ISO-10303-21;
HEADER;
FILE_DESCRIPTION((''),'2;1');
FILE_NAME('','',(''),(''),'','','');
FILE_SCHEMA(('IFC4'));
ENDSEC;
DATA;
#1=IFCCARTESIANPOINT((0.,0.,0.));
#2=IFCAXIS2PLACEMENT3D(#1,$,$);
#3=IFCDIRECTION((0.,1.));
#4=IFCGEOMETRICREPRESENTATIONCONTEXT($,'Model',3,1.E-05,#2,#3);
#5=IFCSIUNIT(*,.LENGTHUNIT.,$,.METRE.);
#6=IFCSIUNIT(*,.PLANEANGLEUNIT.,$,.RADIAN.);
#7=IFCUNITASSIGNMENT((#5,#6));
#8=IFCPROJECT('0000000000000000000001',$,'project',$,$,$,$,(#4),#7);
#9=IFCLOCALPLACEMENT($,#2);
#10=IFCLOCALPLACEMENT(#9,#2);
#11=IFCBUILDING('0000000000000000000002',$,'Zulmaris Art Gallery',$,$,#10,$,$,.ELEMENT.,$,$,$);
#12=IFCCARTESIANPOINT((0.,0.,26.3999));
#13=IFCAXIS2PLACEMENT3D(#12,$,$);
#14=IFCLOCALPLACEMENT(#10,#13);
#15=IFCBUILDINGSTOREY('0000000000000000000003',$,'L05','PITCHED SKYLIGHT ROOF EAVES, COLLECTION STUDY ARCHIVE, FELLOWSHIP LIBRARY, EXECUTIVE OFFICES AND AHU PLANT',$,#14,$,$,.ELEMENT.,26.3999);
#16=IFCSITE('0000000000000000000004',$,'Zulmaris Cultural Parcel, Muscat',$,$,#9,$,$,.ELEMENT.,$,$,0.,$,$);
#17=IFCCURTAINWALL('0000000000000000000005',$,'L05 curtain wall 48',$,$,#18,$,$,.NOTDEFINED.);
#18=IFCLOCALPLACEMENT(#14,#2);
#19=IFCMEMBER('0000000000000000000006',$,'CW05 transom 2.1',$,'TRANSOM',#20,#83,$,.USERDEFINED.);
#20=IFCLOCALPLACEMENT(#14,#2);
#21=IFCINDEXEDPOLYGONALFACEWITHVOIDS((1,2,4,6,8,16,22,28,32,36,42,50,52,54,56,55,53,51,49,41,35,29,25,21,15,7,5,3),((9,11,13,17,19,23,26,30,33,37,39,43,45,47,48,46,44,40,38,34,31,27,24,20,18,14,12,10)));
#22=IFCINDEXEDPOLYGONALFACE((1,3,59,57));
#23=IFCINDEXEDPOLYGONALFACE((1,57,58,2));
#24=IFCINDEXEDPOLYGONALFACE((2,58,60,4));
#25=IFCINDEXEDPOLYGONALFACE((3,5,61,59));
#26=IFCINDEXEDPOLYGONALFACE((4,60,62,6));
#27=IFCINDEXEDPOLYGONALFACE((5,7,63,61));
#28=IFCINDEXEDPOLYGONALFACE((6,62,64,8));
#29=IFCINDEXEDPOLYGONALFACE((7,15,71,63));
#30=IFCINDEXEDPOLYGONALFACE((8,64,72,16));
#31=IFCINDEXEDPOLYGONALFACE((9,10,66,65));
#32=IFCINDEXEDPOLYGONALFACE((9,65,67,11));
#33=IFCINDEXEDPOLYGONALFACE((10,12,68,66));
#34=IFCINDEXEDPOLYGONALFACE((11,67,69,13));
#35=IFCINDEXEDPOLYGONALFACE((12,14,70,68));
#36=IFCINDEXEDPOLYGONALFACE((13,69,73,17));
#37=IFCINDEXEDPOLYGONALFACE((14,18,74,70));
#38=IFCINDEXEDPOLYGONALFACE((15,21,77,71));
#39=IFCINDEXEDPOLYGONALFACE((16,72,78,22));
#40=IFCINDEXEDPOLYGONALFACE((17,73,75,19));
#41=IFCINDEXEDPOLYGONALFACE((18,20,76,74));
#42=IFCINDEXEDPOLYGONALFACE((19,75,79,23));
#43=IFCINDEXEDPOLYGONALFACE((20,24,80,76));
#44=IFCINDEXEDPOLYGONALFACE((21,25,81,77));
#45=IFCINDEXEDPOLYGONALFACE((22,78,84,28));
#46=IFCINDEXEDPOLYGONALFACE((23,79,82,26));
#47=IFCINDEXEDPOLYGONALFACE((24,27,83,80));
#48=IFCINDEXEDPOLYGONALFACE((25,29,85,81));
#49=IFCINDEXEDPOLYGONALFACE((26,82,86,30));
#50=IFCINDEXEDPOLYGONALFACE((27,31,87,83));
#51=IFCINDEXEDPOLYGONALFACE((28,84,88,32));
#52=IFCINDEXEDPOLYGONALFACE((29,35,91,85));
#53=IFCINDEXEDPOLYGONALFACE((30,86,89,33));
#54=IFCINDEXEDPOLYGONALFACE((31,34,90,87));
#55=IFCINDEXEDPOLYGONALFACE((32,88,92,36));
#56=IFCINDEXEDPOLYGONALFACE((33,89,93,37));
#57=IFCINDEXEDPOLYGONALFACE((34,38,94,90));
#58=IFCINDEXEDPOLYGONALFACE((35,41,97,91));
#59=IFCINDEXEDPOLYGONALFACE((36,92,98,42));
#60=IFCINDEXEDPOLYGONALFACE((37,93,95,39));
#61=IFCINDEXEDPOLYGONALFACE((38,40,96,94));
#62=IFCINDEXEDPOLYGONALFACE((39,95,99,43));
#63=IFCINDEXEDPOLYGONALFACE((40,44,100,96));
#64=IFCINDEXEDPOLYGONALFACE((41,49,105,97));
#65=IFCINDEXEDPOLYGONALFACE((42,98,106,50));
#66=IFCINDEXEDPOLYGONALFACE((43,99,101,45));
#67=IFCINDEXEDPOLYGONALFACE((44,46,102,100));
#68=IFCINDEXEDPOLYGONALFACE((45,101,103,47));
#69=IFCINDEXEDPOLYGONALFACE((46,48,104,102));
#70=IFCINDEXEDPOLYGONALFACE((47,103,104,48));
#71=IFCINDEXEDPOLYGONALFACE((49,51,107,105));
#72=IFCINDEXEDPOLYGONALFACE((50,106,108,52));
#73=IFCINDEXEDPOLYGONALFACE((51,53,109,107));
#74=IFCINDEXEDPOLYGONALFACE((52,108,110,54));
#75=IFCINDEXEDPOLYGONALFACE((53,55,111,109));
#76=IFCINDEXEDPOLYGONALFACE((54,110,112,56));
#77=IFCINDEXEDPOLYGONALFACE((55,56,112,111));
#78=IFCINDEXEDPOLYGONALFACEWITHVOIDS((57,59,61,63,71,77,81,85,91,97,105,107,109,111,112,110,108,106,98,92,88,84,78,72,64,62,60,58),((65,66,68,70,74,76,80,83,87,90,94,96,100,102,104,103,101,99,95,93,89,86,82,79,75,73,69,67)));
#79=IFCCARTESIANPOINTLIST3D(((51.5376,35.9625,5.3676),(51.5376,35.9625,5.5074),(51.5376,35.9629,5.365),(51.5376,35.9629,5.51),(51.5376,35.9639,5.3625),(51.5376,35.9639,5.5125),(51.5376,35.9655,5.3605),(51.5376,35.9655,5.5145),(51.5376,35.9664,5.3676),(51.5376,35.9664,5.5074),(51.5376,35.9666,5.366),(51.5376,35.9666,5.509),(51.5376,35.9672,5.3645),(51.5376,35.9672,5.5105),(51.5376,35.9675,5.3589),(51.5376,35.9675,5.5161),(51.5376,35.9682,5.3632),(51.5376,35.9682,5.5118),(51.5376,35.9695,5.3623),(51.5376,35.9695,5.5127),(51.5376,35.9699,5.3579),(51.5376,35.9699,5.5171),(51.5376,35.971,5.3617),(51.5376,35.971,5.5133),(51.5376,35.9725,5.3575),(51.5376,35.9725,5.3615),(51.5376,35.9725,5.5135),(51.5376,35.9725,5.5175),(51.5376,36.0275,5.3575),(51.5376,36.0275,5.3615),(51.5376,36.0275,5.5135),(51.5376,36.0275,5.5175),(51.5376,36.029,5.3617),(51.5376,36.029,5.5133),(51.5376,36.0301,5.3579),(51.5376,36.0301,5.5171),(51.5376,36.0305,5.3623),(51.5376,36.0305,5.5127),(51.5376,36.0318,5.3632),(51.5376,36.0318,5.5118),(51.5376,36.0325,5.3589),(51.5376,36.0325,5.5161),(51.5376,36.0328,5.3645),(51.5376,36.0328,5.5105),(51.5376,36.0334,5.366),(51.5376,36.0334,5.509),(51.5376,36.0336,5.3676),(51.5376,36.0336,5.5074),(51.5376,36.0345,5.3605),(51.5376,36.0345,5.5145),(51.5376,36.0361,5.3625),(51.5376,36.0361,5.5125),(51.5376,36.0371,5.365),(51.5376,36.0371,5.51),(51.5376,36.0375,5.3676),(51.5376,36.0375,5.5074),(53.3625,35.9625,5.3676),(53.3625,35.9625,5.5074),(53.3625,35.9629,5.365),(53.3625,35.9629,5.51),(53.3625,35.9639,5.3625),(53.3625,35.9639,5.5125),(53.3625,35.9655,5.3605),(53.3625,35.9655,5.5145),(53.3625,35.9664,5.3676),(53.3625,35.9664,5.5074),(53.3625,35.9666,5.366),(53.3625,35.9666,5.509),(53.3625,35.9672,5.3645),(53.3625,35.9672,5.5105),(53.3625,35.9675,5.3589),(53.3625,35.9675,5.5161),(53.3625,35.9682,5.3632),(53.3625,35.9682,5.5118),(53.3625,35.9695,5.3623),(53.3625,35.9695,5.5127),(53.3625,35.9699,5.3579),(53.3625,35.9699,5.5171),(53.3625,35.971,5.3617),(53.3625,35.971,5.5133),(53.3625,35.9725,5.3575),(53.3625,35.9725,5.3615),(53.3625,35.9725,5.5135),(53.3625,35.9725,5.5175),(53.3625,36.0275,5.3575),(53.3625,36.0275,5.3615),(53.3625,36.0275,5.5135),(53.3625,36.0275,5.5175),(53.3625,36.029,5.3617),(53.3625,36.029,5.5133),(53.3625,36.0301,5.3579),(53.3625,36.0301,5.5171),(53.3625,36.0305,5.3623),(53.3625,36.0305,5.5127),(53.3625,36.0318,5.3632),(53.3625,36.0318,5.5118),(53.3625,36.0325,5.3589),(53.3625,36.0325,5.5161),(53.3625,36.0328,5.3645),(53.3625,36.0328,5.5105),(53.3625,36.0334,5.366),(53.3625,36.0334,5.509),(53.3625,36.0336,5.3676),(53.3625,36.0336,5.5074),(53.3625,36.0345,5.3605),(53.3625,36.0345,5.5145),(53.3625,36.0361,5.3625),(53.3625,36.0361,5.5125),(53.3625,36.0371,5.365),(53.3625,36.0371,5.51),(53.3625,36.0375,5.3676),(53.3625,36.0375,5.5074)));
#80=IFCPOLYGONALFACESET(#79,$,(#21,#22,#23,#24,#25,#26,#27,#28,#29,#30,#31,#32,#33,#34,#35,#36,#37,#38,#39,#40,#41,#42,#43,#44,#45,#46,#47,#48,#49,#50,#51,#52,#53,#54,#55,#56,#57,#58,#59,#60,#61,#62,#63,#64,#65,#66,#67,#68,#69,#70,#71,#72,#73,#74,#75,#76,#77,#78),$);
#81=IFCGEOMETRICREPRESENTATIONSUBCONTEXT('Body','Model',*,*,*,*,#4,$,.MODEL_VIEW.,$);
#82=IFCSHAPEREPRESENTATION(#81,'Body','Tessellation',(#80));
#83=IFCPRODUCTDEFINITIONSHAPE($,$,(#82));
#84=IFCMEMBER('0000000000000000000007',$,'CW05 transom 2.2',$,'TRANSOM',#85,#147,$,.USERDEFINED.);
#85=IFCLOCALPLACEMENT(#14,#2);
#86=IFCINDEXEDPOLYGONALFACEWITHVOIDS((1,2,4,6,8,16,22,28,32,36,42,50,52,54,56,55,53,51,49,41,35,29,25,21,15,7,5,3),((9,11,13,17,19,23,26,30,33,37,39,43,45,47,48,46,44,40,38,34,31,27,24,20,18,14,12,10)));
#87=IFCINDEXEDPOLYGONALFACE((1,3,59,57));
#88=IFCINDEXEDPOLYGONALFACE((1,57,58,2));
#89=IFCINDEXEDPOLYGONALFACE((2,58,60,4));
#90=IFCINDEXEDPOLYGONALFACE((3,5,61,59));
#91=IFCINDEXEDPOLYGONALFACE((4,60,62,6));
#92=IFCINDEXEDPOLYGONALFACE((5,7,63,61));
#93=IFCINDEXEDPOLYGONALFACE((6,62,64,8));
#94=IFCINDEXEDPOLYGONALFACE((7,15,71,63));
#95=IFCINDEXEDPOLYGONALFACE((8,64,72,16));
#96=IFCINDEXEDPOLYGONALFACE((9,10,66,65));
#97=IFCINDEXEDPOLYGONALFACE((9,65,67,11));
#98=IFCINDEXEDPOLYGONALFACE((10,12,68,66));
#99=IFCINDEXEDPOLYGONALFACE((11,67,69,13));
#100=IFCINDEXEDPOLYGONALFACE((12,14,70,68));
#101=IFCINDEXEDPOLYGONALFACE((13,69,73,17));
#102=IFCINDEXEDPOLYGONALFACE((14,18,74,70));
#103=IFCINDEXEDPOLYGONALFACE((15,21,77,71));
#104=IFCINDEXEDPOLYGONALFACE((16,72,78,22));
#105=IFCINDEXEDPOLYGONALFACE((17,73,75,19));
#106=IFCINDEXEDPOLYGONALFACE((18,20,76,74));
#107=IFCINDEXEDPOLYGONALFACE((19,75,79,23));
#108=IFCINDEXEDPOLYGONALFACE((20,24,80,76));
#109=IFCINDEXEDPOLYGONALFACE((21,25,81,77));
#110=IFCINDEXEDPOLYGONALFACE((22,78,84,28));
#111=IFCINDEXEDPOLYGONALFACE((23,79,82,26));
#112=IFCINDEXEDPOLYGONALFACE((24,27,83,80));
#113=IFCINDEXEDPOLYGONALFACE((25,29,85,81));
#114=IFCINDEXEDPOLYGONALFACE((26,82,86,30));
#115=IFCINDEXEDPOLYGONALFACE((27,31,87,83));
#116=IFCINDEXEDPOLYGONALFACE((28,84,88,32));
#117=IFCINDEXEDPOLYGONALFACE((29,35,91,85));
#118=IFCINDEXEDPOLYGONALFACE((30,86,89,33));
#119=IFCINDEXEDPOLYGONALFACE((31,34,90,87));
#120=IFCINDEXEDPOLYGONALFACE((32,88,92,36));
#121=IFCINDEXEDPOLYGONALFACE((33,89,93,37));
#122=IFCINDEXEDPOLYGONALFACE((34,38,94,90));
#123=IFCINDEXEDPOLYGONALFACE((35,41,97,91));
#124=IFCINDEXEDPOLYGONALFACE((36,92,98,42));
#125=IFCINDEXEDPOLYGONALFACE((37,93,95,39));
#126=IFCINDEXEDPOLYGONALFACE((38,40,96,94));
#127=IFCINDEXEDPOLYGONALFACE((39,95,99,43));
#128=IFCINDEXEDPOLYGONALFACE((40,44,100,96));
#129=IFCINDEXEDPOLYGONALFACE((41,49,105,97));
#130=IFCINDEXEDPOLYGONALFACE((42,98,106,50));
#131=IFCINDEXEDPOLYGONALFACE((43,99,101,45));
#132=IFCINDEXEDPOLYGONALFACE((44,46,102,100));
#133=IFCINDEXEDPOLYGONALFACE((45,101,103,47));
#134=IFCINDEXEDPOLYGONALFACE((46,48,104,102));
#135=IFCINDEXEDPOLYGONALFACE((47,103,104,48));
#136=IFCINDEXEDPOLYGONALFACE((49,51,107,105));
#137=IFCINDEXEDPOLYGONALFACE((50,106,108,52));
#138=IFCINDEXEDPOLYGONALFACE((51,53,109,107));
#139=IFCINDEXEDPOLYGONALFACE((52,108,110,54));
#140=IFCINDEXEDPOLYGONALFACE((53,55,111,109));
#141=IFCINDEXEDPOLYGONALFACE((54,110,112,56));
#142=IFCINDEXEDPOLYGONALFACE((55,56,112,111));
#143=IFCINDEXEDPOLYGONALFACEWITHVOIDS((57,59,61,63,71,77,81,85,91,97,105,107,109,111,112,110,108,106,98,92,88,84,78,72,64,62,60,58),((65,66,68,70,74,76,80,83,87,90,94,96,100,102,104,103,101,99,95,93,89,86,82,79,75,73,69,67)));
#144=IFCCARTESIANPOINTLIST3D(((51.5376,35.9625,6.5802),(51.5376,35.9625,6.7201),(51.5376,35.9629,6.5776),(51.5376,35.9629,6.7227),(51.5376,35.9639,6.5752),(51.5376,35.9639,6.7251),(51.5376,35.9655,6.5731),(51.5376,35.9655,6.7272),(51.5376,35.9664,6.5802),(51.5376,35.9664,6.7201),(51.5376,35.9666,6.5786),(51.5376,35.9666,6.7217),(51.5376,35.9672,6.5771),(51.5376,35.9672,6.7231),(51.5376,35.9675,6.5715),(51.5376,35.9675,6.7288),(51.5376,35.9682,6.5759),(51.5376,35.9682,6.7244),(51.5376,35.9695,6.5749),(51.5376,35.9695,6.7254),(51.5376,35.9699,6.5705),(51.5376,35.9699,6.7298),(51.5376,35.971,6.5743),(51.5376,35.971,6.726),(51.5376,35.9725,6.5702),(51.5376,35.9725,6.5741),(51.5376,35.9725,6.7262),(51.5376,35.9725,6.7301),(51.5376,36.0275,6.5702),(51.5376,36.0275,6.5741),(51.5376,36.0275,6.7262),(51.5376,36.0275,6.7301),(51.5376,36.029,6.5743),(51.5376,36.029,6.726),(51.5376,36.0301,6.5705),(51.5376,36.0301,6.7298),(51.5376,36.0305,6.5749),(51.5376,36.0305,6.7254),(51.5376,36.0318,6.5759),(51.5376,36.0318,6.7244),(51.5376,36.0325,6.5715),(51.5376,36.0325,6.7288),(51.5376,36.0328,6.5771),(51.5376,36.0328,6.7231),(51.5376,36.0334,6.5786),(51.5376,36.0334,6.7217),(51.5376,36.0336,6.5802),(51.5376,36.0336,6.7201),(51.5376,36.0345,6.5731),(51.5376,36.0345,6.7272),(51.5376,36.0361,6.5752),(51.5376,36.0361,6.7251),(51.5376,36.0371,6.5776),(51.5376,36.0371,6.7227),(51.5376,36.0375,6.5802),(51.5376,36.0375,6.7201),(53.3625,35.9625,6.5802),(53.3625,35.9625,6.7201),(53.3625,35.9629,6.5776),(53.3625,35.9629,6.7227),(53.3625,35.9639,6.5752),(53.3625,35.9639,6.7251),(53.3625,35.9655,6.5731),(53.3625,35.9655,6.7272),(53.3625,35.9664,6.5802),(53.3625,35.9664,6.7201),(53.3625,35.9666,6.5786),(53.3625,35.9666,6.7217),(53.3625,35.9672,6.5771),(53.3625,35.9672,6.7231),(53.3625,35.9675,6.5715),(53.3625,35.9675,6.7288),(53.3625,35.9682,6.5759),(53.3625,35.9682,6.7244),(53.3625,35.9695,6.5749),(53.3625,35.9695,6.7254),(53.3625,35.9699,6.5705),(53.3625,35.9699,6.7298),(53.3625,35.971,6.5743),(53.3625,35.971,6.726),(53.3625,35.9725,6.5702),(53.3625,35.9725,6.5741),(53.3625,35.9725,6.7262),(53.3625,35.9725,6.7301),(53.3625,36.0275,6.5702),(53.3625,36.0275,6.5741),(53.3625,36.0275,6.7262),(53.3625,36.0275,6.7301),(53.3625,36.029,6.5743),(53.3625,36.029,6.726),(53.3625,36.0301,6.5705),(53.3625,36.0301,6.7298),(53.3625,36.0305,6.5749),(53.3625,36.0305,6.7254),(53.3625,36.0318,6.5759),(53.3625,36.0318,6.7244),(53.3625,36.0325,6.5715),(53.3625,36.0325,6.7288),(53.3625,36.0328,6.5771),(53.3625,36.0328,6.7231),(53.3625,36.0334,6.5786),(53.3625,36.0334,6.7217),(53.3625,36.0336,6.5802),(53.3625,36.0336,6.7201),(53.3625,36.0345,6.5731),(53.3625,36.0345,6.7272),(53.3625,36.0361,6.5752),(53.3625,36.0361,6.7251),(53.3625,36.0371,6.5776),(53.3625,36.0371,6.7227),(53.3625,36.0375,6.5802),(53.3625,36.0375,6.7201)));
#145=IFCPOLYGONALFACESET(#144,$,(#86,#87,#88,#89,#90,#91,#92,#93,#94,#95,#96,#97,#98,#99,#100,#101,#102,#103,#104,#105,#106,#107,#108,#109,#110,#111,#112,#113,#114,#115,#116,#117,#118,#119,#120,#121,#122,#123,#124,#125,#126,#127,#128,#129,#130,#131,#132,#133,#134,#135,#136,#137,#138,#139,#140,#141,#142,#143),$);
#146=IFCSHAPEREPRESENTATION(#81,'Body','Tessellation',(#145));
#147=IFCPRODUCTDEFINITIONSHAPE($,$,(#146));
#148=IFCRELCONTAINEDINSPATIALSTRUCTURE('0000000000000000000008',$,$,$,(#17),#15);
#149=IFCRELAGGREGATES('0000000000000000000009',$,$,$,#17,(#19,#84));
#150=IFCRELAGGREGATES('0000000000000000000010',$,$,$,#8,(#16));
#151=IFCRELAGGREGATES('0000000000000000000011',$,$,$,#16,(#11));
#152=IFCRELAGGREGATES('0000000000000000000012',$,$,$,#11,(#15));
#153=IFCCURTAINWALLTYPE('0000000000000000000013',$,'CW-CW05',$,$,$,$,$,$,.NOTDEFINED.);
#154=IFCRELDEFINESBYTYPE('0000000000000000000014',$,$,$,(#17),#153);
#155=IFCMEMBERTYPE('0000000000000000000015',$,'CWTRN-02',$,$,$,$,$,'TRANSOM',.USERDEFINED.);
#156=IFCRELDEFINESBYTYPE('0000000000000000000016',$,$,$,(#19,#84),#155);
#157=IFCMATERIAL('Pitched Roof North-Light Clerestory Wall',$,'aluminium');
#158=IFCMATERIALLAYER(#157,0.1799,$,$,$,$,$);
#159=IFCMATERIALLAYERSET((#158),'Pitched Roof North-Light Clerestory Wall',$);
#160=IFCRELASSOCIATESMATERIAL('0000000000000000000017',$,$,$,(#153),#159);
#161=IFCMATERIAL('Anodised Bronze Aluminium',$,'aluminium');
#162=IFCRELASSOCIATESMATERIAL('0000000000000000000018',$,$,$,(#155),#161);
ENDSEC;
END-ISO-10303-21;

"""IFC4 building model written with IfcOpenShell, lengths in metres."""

from ifc_helpers import new_model, si_unit, direction, frame, origin, origin_2d, place, context, subcontext, project, spatial, hollow_rectangle, extrude, material, layer, layer_set, material_profile, profile_set, type_object, element, aggregate, save


model = new_model("IFC4")

# Units and contexts
model_context = context("Model", 3, precision=1e-05, world=origin(), true_north=direction((0.0, 1.0)))
body_context = subcontext(model_context, "Body", "Model", "MODEL_VIEW")
ifc_project = project(units=[si_unit("LENGTHUNIT", "METRE"), si_unit("PLANEANGLEUNIT", "RADIAN")], contexts=[model_context])

# Site, building, storey
site_placement = place(None, origin())
site = spatial("IfcSite", under=ifc_project, at=site_placement, Name="Zulmaris Cultural Parcel, Muscat", CompositionType="ELEMENT", RefElevation=0.0)
building_placement = place(site_placement, origin())
building = spatial("IfcBuilding", under=site, at=building_placement, Name="Zulmaris Art Gallery", CompositionType="ELEMENT")
storey_placement = place(building_placement, frame((0.0, 0.0, 26.3999)))
storey = spatial("IfcBuildingStorey", under=building, at=storey_placement, Name="L05", Description="PITCHED SKYLIGHT ROOF EAVES, COLLECTION STUDY ARCHIVE, FELLOWSHIP LIBRARY, EXECUTIVE OFFICES AND AHU PLANT", CompositionType="ELEMENT", Elevation=26.3999)

# Curtain wall, members
ifc_material_1 = material(Name="Pitched Roof North-Light Clerestory Wall", Category="aluminium")
ifc_layer_1 = layer(ifc_material_1, 0.1799)
ifc_layer_set_1 = layer_set([ifc_layer_1], Name="Pitched Roof North-Light Clerestory Wall")
curtain_wall_type = type_object("IfcCurtainWallType", Name="CW-CW05", PredefinedType="NOTDEFINED", material=ifc_layer_set_1)
curtain_wall_placement = place(storey_placement, origin())
curtain_wall = element("IfcCurtainWall", 1, at=curtain_wall_placement, inside=storey, type_object=curtain_wall_type, Name="L05 curtain wall 48", PredefinedType="NOTDEFINED")
ifc_material_2 = material(Name="Anodised Bronze Aluminium", Category="aluminium")
ifc_material_profile_1 = material_profile(ifc_material_2, hollow_rectangle(XDim=0.075, YDim=0.1599, WallThickness=0.0039, InnerFilletRadius=0.0061, OuterFilletRadius=0.01, at=origin_2d()), Name="ALU 75x160x4")
ifc_profile_set_1 = profile_set([ifc_material_profile_1], Name="Anodised Bronze Aluminium")
member_type_1 = type_object("IfcMemberType", Name="CWTRN-02", ElementType="TRANSOM", PredefinedType="USERDEFINED", material=ifc_profile_set_1)
member_1_placement = place(storey_placement, frame((51.5376, 36.0, 5.4375), z_axis=(1.0, 0.0, 0.0), x_axis=(0.0, 1.0, 0.0)))
member_1 = element("IfcMember", 2, at=member_1_placement, type_object=member_type_1, Name="CW05 transom 2.1", ObjectType="TRANSOM", PredefinedType="USERDEFINED", context=body_context, shape_type="SweptSolid", body=[
    extrude(hollow_rectangle(XDim=0.075, YDim=0.1599, WallThickness=0.0039, InnerFilletRadius=0.0061, OuterFilletRadius=0.01, at=origin_2d()), origin(), (0.0, 0.0, 1.0), 1.825),
])
member_2_placement = place(storey_placement, frame((51.5376, 36.0, 6.6501), z_axis=(1.0, 0.0, 0.0), x_axis=(0.0, 1.0, 0.0)))
member_2 = element("IfcMember", 3, at=member_2_placement, type_object=member_type_1, Name="CW05 transom 2.2", ObjectType="TRANSOM", PredefinedType="USERDEFINED", context=body_context, shape_type="SweptSolid", body=[
    extrude(hollow_rectangle(XDim=0.075, YDim=0.1599, WallThickness=0.0039, InnerFilletRadius=0.0061, OuterFilletRadius=0.01, at=origin_2d()), origin(), (0.0, 0.0, 1.0), 1.825),
])

aggregate(curtain_wall, [member_1, member_2])

save(model, "model.ifc")
